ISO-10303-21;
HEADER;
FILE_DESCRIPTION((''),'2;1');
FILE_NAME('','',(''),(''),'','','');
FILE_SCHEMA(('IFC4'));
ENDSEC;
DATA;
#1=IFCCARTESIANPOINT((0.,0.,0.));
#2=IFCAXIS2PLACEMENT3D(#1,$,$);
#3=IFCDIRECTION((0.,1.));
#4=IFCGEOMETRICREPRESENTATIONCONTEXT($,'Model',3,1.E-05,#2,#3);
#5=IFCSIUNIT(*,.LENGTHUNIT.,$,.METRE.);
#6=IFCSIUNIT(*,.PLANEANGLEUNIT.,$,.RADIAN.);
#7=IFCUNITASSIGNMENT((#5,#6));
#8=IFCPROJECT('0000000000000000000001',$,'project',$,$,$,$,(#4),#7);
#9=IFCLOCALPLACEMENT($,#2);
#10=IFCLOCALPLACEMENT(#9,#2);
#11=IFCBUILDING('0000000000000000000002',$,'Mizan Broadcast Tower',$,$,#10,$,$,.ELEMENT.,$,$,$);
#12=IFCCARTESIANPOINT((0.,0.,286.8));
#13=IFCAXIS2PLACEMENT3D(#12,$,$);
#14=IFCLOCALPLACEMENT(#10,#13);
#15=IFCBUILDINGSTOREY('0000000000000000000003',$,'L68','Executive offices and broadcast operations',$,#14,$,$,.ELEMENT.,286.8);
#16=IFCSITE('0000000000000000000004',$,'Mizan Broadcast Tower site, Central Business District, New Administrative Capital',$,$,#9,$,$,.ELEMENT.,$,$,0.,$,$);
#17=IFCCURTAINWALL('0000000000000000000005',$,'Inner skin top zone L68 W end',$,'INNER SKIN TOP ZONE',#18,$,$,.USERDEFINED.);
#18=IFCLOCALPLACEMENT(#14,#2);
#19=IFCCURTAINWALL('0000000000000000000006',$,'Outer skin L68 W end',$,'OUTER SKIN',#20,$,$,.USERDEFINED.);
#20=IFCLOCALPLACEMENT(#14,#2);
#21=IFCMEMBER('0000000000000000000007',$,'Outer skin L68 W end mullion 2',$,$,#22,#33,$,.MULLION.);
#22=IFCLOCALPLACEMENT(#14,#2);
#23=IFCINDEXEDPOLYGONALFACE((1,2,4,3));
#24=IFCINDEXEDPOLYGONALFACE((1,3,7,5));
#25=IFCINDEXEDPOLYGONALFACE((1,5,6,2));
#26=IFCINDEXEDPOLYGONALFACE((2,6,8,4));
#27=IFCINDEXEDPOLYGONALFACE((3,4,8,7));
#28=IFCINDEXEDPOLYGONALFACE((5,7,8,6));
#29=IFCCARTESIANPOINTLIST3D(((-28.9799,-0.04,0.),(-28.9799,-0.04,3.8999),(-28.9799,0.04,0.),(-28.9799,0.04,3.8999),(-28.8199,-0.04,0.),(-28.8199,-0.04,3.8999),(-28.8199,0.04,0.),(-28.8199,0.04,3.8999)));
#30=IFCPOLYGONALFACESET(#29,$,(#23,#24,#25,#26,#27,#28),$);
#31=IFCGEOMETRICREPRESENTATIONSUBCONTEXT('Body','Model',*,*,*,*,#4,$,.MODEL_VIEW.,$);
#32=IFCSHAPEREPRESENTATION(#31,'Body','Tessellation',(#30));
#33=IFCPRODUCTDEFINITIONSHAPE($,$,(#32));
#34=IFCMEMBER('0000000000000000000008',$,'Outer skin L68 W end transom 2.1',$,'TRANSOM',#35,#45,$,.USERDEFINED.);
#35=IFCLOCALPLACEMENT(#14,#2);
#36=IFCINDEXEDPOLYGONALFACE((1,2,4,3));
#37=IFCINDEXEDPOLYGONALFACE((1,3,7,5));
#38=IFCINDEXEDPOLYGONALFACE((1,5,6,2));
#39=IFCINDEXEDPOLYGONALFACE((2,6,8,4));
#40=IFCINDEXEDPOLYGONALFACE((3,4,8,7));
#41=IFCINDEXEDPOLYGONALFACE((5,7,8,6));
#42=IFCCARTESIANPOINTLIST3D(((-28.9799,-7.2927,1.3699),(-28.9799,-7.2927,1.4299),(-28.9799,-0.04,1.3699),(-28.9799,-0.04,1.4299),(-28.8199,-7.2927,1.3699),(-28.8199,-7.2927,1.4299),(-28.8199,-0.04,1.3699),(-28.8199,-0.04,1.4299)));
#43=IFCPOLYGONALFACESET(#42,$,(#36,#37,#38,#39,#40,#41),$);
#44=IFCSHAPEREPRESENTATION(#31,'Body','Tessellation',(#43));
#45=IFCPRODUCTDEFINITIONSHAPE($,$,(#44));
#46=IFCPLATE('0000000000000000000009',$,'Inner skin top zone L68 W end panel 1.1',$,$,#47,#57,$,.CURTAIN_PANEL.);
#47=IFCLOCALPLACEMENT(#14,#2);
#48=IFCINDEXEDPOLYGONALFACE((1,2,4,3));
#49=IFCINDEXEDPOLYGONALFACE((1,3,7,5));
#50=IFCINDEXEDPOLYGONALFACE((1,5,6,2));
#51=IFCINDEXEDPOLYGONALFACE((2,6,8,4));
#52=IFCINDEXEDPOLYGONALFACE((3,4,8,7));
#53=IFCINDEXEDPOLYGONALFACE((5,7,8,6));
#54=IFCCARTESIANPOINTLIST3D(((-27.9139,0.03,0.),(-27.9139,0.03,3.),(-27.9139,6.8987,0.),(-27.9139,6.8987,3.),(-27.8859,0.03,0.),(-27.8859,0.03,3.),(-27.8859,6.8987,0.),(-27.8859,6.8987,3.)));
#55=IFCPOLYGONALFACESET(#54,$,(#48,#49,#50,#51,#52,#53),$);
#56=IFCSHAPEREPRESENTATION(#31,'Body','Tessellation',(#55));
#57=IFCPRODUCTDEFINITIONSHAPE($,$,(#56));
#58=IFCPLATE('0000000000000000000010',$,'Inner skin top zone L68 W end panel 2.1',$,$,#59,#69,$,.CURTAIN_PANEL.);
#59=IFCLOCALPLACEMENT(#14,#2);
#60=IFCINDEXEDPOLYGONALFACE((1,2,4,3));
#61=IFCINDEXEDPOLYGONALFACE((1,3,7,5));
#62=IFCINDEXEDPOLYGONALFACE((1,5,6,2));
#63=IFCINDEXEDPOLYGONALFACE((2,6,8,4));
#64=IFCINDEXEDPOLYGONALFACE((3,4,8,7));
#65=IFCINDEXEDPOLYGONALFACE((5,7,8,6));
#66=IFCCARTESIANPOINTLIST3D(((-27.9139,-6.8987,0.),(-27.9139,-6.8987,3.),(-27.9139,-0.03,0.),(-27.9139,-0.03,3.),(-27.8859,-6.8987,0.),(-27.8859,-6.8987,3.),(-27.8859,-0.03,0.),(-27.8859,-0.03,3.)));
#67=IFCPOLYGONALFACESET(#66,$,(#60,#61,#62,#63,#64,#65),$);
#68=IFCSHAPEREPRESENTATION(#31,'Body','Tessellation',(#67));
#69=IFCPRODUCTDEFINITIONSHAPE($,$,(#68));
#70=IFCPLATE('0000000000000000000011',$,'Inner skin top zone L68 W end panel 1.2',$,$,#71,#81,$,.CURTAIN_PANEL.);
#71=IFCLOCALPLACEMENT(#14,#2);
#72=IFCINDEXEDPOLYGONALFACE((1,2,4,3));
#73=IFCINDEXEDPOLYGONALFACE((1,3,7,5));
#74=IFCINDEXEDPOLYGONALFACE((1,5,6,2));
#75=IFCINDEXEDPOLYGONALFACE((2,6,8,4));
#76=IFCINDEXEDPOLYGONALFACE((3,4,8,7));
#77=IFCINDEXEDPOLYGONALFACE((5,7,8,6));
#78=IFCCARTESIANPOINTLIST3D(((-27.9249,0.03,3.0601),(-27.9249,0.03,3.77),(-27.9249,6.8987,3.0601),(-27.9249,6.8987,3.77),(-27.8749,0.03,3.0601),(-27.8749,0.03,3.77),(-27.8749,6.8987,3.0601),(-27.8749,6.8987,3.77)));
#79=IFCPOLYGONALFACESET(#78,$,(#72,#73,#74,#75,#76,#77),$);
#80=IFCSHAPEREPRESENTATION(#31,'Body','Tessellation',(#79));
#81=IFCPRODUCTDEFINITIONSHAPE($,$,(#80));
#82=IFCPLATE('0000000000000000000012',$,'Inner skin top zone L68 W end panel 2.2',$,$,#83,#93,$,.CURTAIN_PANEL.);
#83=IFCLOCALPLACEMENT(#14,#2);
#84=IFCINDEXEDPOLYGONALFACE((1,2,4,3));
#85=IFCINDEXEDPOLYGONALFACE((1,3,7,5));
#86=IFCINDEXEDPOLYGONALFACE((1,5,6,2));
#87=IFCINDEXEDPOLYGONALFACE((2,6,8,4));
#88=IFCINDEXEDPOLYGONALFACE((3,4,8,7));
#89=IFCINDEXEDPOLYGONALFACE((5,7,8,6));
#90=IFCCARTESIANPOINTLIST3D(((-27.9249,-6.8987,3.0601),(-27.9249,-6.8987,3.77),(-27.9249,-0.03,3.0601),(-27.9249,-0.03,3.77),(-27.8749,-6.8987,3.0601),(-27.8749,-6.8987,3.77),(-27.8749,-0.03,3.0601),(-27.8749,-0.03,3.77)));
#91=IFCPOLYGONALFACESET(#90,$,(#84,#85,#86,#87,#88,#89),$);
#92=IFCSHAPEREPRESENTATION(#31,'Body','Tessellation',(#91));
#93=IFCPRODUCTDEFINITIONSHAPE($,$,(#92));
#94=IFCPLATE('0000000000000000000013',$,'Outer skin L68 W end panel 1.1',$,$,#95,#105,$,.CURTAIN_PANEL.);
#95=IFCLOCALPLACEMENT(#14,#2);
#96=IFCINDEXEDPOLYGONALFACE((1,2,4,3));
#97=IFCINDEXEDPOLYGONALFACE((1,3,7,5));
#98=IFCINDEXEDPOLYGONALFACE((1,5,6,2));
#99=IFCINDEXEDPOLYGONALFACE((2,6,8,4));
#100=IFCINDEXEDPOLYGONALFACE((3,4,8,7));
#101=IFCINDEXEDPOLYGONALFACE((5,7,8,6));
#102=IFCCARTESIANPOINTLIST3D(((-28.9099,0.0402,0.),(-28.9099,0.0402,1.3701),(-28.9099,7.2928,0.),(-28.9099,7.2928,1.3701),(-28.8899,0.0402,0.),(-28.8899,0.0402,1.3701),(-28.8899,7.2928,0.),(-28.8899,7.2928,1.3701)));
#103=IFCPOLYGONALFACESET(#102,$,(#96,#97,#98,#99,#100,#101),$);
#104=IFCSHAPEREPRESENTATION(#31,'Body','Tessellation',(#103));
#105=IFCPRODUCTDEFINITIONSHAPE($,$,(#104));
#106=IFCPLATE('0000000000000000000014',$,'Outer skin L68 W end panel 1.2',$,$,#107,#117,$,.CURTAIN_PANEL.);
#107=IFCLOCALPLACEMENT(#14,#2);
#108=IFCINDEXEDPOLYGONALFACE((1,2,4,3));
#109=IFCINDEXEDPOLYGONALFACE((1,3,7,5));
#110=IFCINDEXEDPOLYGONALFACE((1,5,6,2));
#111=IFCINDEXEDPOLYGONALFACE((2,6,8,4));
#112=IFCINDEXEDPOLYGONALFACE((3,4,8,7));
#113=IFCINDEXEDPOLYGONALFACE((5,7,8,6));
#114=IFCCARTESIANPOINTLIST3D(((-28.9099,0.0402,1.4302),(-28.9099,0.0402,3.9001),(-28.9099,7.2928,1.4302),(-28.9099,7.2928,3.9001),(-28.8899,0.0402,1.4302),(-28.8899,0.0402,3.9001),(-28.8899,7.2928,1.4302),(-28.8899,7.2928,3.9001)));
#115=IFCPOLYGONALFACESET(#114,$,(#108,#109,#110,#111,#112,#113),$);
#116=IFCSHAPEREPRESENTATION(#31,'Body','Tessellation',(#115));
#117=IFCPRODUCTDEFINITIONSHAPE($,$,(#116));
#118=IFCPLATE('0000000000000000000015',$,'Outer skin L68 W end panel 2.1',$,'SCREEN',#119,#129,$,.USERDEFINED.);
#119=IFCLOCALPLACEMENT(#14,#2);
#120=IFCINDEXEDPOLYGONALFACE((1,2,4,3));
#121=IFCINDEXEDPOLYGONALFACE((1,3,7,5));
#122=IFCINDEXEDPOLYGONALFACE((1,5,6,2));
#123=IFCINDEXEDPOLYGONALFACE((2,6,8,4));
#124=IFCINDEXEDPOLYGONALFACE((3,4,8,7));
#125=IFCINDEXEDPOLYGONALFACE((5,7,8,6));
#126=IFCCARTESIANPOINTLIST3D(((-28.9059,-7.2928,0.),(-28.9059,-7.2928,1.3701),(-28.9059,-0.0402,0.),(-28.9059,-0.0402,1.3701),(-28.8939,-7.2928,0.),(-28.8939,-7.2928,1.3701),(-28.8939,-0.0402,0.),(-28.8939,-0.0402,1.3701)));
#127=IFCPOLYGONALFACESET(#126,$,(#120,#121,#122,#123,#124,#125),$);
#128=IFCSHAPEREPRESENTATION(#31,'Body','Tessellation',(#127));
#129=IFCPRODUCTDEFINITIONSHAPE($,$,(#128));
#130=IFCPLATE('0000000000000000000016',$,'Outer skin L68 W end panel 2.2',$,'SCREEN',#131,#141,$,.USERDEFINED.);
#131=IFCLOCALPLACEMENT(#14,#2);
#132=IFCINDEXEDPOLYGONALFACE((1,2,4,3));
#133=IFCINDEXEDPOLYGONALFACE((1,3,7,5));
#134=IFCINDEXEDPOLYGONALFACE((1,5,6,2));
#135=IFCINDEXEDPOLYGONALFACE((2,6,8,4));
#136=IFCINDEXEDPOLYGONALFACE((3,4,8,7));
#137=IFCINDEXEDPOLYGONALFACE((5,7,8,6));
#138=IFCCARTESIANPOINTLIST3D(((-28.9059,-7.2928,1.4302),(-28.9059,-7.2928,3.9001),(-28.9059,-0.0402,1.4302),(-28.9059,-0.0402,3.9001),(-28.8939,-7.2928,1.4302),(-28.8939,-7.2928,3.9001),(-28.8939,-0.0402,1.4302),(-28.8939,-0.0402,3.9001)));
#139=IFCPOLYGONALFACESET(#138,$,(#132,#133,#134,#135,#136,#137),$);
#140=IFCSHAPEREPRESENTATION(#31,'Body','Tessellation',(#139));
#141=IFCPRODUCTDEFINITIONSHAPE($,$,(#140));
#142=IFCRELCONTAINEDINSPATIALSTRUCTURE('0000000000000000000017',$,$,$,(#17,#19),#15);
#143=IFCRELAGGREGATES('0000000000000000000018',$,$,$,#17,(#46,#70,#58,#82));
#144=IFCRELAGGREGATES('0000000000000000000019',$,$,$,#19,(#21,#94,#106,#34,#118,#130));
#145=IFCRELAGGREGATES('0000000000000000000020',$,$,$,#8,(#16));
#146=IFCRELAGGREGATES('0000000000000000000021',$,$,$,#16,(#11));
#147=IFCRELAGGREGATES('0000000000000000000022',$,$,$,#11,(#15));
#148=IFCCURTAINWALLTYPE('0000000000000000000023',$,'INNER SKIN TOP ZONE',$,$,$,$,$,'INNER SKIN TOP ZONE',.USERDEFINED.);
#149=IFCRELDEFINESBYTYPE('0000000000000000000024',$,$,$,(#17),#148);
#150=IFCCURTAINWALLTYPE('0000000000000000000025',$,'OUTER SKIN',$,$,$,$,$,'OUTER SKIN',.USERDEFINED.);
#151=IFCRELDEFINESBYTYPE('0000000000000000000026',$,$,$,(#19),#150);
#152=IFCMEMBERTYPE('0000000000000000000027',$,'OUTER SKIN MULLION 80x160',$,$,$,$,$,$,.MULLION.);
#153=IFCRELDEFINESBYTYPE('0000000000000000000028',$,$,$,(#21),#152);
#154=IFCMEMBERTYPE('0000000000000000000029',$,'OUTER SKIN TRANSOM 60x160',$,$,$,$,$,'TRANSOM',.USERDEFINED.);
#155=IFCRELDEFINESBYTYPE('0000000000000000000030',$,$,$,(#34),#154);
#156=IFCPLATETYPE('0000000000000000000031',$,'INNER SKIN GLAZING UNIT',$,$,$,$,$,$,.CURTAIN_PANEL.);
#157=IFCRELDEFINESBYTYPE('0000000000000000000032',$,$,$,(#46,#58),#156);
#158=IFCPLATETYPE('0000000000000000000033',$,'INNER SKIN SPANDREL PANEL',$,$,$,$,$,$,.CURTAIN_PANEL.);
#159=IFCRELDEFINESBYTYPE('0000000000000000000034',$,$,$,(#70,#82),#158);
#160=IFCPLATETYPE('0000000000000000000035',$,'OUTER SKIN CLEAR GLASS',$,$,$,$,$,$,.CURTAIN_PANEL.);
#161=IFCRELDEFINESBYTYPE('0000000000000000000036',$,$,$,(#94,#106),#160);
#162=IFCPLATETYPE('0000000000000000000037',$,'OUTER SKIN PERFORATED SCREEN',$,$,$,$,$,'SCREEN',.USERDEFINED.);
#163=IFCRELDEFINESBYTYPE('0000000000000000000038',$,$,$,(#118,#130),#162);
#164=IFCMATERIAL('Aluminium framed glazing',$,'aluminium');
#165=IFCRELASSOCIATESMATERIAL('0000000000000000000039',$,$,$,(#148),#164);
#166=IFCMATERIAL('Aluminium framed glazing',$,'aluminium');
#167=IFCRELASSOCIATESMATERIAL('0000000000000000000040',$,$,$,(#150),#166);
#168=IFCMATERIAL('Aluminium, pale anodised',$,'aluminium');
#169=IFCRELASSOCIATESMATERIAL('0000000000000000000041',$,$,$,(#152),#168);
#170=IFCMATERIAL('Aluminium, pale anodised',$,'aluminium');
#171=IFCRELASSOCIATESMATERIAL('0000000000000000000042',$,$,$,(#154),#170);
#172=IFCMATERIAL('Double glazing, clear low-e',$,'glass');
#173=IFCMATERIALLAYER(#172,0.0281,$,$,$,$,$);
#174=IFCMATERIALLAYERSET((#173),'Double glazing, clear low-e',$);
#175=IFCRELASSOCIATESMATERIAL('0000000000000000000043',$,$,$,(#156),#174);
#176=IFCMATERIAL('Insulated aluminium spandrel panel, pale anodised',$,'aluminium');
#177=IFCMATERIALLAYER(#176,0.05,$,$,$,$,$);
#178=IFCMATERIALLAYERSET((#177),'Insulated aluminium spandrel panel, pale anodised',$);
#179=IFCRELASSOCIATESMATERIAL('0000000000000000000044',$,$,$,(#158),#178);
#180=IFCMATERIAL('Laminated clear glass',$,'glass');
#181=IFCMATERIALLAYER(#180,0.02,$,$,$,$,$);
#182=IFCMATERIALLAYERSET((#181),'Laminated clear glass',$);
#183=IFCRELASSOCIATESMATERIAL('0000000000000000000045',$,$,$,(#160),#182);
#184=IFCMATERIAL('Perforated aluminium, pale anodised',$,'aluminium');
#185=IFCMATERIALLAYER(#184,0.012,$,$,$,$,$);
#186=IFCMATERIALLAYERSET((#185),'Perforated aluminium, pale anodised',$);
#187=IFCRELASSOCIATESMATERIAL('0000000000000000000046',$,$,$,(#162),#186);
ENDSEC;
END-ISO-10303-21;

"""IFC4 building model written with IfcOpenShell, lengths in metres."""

from ifc_helpers import new_model, si_unit, direction, frame, origin, origin_2d, place, context, subcontext, project, spatial, rectangle, extrude, material, layer, layer_set, material_profile, profile_set, type_object, element, aggregate, save


model = new_model("IFC4")

# Units and contexts
model_context = context("Model", 3, precision=1e-05, world=origin(), true_north=direction((0.0, 1.0)))
body_context = subcontext(model_context, "Body", "Model", "MODEL_VIEW")
ifc_project = project(units=[si_unit("LENGTHUNIT", "METRE"), si_unit("PLANEANGLEUNIT", "RADIAN")], contexts=[model_context])

# Site, building, storey
site_placement = place(None, origin())
site = spatial("IfcSite", under=ifc_project, at=site_placement, Name="Mizan Broadcast Tower site, Central Business District, New Administrative Capital", CompositionType="ELEMENT", RefElevation=0.0)
building_placement = place(site_placement, origin())
building = spatial("IfcBuilding", under=site, at=building_placement, Name="Mizan Broadcast Tower", CompositionType="ELEMENT")
storey_placement = place(building_placement, frame((0.0, 0.0, 286.8)))
storey = spatial("IfcBuildingStorey", under=building, at=storey_placement, Name="L68", Description="Executive offices and broadcast operations", CompositionType="ELEMENT", Elevation=286.8)

# Shared definitions
ifc_material_1 = material(Name="Aluminium framed glazing", Category="aluminium")
curtain_wall_type_1 = type_object("IfcCurtainWallType", Name="INNER SKIN TOP ZONE", ElementType="INNER SKIN TOP ZONE", PredefinedType="USERDEFINED", material=ifc_material_1)

# Curtain wall
curtain_wall_1_placement = place(storey_placement, origin())
curtain_wall_1 = element("IfcCurtainWall", 1, at=curtain_wall_1_placement, inside=storey, type_object=curtain_wall_type_1, Name="Inner skin top zone L68 W end", ObjectType="INNER SKIN TOP ZONE", PredefinedType="USERDEFINED")

# Curtain wall, members
ifc_material_2 = material(Name="Aluminium framed glazing", Category="aluminium")
curtain_wall_type_2 = type_object("IfcCurtainWallType", Name="OUTER SKIN", ElementType="OUTER SKIN", PredefinedType="USERDEFINED", material=ifc_material_2)
curtain_wall_2_placement = place(storey_placement, origin())
curtain_wall_2 = element("IfcCurtainWall", 2, at=curtain_wall_2_placement, inside=storey, type_object=curtain_wall_type_2, Name="Outer skin L68 W end", ObjectType="OUTER SKIN", PredefinedType="USERDEFINED")
ifc_material_3 = material(Name="Aluminium, pale anodised", Category="aluminium")
ifc_material_profile_1 = material_profile(ifc_material_3, rectangle(XDim=0.1599, YDim=0.0801, at=origin_2d()), Name="MULLION 160x80")
ifc_profile_set_1 = profile_set([ifc_material_profile_1], Name="Aluminium, pale anodised")
member_type_1 = type_object("IfcMemberType", Name="OUTER SKIN MULLION 80x160", PredefinedType="MULLION", material=ifc_profile_set_1)
member_1_placement = place(storey_placement, frame((-28.8999, 0.0, 0.0), z_axis=(0.0, 0.0, 1.0), x_axis=(1.0, 0.0, 0.0)))
member_1 = element("IfcMember", 3, at=member_1_placement, type_object=member_type_1, Name="Outer skin L68 W end mullion 2", PredefinedType="MULLION", context=body_context, shape_type="SweptSolid", body=[
    extrude(rectangle(XDim=0.1599, YDim=0.0801, at=origin_2d()), origin(), (0.0, 0.0, 1.0), 3.8999),
])
ifc_material_4 = material(Name="Aluminium, pale anodised", Category="aluminium")
ifc_material_profile_2 = material_profile(ifc_material_4, rectangle(XDim=0.1599, YDim=0.0601, at=origin_2d()), Name="TRANSOM 160x60")
ifc_profile_set_2 = profile_set([ifc_material_profile_2], Name="Aluminium, pale anodised")
member_type_2 = type_object("IfcMemberType", Name="OUTER SKIN TRANSOM 60x160", ElementType="TRANSOM", PredefinedType="USERDEFINED", material=ifc_profile_set_2)
member_2_placement = place(storey_placement, frame((-28.8999, -0.04, 1.3999), z_axis=(0.0, -1.0, 0.0), x_axis=(1.0, 0.0, 0.0)))
member_2 = element("IfcMember", 4, at=member_2_placement, type_object=member_type_2, Name="Outer skin L68 W end transom 2.1", ObjectType="TRANSOM", PredefinedType="USERDEFINED", context=body_context, shape_type="SweptSolid", body=[
    extrude(rectangle(XDim=0.1599, YDim=0.0601, at=origin_2d()), origin(), (0.0, 0.0, 1.0), 7.2527),
])

# Plates
ifc_material_5 = material(Name="Double glazing, clear low-e", Category="glass")
ifc_layer_1 = layer(ifc_material_5, 0.0281)
ifc_layer_set_1 = layer_set([ifc_layer_1], Name="Double glazing, clear low-e")
plate_type_1 = type_object("IfcPlateType", Name="INNER SKIN GLAZING UNIT", PredefinedType="CURTAIN_PANEL", material=ifc_layer_set_1)
plate_1_placement = place(storey_placement, frame((-27.8999, 3.4644, 0.0), z_axis=(0.0, 0.0, 1.0), x_axis=(0.0, -1.0, 0.0)))
plate_1 = element("IfcPlate", 5, at=plate_1_placement, type_object=plate_type_1, Name="Inner skin top zone L68 W end panel 1.1", PredefinedType="CURTAIN_PANEL", context=body_context, shape_type="SweptSolid", body=[
    extrude(rectangle(XDim=6.8687, YDim=0.0281, at=origin_2d()), origin(), (0.0, 0.0, 1.0), 3.0),
])
plate_2_placement = place(storey_placement, frame((-27.8999, -3.4644, 0.0), z_axis=(0.0, 0.0, 1.0), x_axis=(0.0, -1.0, 0.0)))
plate_2 = element("IfcPlate", 6, at=plate_2_placement, type_object=plate_type_1, Name="Inner skin top zone L68 W end panel 2.1", PredefinedType="CURTAIN_PANEL", context=body_context, shape_type="SweptSolid", body=[
    extrude(rectangle(XDim=6.8687, YDim=0.0281, at=origin_2d()), origin(), (0.0, 0.0, 1.0), 3.0),
])
ifc_material_6 = material(Name="Insulated aluminium spandrel panel, pale anodised", Category="aluminium")
ifc_layer_2 = layer(ifc_material_6, 0.05)
ifc_layer_set_2 = layer_set([ifc_layer_2], Name="Insulated aluminium spandrel panel, pale anodised")
plate_type_2 = type_object("IfcPlateType", Name="INNER SKIN SPANDREL PANEL", PredefinedType="CURTAIN_PANEL", material=ifc_layer_set_2)
plate_3_placement = place(storey_placement, frame((-27.8999, 3.4644, 3.0601), z_axis=(0.0, 0.0, 1.0), x_axis=(0.0, -1.0, 0.0)))
plate_3 = element("IfcPlate", 7, at=plate_3_placement, type_object=plate_type_2, Name="Inner skin top zone L68 W end panel 1.2", PredefinedType="CURTAIN_PANEL", context=body_context, shape_type="SweptSolid", body=[
    extrude(rectangle(XDim=6.8687, YDim=0.05, at=origin_2d()), origin(), (0.0, 0.0, 1.0), 0.71),
])
plate_4_placement = place(storey_placement, frame((-27.8999, -3.4644, 3.0601), z_axis=(0.0, 0.0, 1.0), x_axis=(0.0, -1.0, 0.0)))
plate_4 = element("IfcPlate", 8, at=plate_4_placement, type_object=plate_type_2, Name="Inner skin top zone L68 W end panel 2.2", PredefinedType="CURTAIN_PANEL", context=body_context, shape_type="SweptSolid", body=[
    extrude(rectangle(XDim=6.8687, YDim=0.05, at=origin_2d()), origin(), (0.0, 0.0, 1.0), 0.71),
])
aggregate(curtain_wall_1, [plate_1, plate_3, plate_2, plate_4])
ifc_material_7 = material(Name="Laminated clear glass", Category="glass")
ifc_layer_3 = layer(ifc_material_7, 0.02)
ifc_layer_set_3 = layer_set([ifc_layer_3], Name="Laminated clear glass")
plate_type_3 = type_object("IfcPlateType", Name="OUTER SKIN CLEAR GLASS", PredefinedType="CURTAIN_PANEL", material=ifc_layer_set_3)
plate_5_placement = place(storey_placement, frame((-28.8999, 3.6665, 0.0), z_axis=(0.0, 0.0, 1.0), x_axis=(0.0, -1.0, 0.0)))
plate_5 = element("IfcPlate", 9, at=plate_5_placement, type_object=plate_type_3, Name="Outer skin L68 W end panel 1.1", PredefinedType="CURTAIN_PANEL", context=body_context, shape_type="SweptSolid", body=[
    extrude(rectangle(XDim=7.2527, YDim=0.02, at=origin_2d()), origin(), (0.0, 0.0, 1.0), 1.3701),
])
plate_6_placement = place(storey_placement, frame((-28.8999, 3.6665, 1.4302), z_axis=(0.0, 0.0, 1.0), x_axis=(0.0, -1.0, 0.0)))
plate_6 = element("IfcPlate", 10, at=plate_6_placement, type_object=plate_type_3, Name="Outer skin L68 W end panel 1.2", PredefinedType="CURTAIN_PANEL", context=body_context, shape_type="SweptSolid", body=[
    extrude(rectangle(XDim=7.2527, YDim=0.02, at=origin_2d()), origin(), (0.0, 0.0, 1.0), 2.47),
])
ifc_material_8 = material(Name="Perforated aluminium, pale anodised", Category="aluminium")
ifc_layer_4 = layer(ifc_material_8, 0.012)
ifc_layer_set_4 = layer_set([ifc_layer_4], Name="Perforated aluminium, pale anodised")
plate_type_4 = type_object("IfcPlateType", Name="OUTER SKIN PERFORATED SCREEN", ElementType="SCREEN", PredefinedType="USERDEFINED", material=ifc_layer_set_4)
plate_7_placement = place(storey_placement, frame((-28.8999, -3.6665, 0.0), z_axis=(0.0, 0.0, 1.0), x_axis=(0.0, -1.0, 0.0)))
plate_7 = element("IfcPlate", 11, at=plate_7_placement, type_object=plate_type_4, Name="Outer skin L68 W end panel 2.1", ObjectType="SCREEN", PredefinedType="USERDEFINED", context=body_context, shape_type="SweptSolid", body=[
    extrude(rectangle(XDim=7.2527, YDim=0.012, at=origin_2d()), origin(), (0.0, 0.0, 1.0), 1.3701),
])
plate_8_placement = place(storey_placement, frame((-28.8999, -3.6665, 1.4302), z_axis=(0.0, 0.0, 1.0), x_axis=(0.0, -1.0, 0.0)))
plate_8 = element("IfcPlate", 12, at=plate_8_placement, type_object=plate_type_4, Name="Outer skin L68 W end panel 2.2", ObjectType="SCREEN", PredefinedType="USERDEFINED", context=body_context, shape_type="SweptSolid", body=[
    extrude(rectangle(XDim=7.2527, YDim=0.012, at=origin_2d()), origin(), (0.0, 0.0, 1.0), 2.47),
])
aggregate(curtain_wall_2, [member_1, plate_5, plate_6, member_2, plate_7, plate_8])

save(model, "model.ifc")
